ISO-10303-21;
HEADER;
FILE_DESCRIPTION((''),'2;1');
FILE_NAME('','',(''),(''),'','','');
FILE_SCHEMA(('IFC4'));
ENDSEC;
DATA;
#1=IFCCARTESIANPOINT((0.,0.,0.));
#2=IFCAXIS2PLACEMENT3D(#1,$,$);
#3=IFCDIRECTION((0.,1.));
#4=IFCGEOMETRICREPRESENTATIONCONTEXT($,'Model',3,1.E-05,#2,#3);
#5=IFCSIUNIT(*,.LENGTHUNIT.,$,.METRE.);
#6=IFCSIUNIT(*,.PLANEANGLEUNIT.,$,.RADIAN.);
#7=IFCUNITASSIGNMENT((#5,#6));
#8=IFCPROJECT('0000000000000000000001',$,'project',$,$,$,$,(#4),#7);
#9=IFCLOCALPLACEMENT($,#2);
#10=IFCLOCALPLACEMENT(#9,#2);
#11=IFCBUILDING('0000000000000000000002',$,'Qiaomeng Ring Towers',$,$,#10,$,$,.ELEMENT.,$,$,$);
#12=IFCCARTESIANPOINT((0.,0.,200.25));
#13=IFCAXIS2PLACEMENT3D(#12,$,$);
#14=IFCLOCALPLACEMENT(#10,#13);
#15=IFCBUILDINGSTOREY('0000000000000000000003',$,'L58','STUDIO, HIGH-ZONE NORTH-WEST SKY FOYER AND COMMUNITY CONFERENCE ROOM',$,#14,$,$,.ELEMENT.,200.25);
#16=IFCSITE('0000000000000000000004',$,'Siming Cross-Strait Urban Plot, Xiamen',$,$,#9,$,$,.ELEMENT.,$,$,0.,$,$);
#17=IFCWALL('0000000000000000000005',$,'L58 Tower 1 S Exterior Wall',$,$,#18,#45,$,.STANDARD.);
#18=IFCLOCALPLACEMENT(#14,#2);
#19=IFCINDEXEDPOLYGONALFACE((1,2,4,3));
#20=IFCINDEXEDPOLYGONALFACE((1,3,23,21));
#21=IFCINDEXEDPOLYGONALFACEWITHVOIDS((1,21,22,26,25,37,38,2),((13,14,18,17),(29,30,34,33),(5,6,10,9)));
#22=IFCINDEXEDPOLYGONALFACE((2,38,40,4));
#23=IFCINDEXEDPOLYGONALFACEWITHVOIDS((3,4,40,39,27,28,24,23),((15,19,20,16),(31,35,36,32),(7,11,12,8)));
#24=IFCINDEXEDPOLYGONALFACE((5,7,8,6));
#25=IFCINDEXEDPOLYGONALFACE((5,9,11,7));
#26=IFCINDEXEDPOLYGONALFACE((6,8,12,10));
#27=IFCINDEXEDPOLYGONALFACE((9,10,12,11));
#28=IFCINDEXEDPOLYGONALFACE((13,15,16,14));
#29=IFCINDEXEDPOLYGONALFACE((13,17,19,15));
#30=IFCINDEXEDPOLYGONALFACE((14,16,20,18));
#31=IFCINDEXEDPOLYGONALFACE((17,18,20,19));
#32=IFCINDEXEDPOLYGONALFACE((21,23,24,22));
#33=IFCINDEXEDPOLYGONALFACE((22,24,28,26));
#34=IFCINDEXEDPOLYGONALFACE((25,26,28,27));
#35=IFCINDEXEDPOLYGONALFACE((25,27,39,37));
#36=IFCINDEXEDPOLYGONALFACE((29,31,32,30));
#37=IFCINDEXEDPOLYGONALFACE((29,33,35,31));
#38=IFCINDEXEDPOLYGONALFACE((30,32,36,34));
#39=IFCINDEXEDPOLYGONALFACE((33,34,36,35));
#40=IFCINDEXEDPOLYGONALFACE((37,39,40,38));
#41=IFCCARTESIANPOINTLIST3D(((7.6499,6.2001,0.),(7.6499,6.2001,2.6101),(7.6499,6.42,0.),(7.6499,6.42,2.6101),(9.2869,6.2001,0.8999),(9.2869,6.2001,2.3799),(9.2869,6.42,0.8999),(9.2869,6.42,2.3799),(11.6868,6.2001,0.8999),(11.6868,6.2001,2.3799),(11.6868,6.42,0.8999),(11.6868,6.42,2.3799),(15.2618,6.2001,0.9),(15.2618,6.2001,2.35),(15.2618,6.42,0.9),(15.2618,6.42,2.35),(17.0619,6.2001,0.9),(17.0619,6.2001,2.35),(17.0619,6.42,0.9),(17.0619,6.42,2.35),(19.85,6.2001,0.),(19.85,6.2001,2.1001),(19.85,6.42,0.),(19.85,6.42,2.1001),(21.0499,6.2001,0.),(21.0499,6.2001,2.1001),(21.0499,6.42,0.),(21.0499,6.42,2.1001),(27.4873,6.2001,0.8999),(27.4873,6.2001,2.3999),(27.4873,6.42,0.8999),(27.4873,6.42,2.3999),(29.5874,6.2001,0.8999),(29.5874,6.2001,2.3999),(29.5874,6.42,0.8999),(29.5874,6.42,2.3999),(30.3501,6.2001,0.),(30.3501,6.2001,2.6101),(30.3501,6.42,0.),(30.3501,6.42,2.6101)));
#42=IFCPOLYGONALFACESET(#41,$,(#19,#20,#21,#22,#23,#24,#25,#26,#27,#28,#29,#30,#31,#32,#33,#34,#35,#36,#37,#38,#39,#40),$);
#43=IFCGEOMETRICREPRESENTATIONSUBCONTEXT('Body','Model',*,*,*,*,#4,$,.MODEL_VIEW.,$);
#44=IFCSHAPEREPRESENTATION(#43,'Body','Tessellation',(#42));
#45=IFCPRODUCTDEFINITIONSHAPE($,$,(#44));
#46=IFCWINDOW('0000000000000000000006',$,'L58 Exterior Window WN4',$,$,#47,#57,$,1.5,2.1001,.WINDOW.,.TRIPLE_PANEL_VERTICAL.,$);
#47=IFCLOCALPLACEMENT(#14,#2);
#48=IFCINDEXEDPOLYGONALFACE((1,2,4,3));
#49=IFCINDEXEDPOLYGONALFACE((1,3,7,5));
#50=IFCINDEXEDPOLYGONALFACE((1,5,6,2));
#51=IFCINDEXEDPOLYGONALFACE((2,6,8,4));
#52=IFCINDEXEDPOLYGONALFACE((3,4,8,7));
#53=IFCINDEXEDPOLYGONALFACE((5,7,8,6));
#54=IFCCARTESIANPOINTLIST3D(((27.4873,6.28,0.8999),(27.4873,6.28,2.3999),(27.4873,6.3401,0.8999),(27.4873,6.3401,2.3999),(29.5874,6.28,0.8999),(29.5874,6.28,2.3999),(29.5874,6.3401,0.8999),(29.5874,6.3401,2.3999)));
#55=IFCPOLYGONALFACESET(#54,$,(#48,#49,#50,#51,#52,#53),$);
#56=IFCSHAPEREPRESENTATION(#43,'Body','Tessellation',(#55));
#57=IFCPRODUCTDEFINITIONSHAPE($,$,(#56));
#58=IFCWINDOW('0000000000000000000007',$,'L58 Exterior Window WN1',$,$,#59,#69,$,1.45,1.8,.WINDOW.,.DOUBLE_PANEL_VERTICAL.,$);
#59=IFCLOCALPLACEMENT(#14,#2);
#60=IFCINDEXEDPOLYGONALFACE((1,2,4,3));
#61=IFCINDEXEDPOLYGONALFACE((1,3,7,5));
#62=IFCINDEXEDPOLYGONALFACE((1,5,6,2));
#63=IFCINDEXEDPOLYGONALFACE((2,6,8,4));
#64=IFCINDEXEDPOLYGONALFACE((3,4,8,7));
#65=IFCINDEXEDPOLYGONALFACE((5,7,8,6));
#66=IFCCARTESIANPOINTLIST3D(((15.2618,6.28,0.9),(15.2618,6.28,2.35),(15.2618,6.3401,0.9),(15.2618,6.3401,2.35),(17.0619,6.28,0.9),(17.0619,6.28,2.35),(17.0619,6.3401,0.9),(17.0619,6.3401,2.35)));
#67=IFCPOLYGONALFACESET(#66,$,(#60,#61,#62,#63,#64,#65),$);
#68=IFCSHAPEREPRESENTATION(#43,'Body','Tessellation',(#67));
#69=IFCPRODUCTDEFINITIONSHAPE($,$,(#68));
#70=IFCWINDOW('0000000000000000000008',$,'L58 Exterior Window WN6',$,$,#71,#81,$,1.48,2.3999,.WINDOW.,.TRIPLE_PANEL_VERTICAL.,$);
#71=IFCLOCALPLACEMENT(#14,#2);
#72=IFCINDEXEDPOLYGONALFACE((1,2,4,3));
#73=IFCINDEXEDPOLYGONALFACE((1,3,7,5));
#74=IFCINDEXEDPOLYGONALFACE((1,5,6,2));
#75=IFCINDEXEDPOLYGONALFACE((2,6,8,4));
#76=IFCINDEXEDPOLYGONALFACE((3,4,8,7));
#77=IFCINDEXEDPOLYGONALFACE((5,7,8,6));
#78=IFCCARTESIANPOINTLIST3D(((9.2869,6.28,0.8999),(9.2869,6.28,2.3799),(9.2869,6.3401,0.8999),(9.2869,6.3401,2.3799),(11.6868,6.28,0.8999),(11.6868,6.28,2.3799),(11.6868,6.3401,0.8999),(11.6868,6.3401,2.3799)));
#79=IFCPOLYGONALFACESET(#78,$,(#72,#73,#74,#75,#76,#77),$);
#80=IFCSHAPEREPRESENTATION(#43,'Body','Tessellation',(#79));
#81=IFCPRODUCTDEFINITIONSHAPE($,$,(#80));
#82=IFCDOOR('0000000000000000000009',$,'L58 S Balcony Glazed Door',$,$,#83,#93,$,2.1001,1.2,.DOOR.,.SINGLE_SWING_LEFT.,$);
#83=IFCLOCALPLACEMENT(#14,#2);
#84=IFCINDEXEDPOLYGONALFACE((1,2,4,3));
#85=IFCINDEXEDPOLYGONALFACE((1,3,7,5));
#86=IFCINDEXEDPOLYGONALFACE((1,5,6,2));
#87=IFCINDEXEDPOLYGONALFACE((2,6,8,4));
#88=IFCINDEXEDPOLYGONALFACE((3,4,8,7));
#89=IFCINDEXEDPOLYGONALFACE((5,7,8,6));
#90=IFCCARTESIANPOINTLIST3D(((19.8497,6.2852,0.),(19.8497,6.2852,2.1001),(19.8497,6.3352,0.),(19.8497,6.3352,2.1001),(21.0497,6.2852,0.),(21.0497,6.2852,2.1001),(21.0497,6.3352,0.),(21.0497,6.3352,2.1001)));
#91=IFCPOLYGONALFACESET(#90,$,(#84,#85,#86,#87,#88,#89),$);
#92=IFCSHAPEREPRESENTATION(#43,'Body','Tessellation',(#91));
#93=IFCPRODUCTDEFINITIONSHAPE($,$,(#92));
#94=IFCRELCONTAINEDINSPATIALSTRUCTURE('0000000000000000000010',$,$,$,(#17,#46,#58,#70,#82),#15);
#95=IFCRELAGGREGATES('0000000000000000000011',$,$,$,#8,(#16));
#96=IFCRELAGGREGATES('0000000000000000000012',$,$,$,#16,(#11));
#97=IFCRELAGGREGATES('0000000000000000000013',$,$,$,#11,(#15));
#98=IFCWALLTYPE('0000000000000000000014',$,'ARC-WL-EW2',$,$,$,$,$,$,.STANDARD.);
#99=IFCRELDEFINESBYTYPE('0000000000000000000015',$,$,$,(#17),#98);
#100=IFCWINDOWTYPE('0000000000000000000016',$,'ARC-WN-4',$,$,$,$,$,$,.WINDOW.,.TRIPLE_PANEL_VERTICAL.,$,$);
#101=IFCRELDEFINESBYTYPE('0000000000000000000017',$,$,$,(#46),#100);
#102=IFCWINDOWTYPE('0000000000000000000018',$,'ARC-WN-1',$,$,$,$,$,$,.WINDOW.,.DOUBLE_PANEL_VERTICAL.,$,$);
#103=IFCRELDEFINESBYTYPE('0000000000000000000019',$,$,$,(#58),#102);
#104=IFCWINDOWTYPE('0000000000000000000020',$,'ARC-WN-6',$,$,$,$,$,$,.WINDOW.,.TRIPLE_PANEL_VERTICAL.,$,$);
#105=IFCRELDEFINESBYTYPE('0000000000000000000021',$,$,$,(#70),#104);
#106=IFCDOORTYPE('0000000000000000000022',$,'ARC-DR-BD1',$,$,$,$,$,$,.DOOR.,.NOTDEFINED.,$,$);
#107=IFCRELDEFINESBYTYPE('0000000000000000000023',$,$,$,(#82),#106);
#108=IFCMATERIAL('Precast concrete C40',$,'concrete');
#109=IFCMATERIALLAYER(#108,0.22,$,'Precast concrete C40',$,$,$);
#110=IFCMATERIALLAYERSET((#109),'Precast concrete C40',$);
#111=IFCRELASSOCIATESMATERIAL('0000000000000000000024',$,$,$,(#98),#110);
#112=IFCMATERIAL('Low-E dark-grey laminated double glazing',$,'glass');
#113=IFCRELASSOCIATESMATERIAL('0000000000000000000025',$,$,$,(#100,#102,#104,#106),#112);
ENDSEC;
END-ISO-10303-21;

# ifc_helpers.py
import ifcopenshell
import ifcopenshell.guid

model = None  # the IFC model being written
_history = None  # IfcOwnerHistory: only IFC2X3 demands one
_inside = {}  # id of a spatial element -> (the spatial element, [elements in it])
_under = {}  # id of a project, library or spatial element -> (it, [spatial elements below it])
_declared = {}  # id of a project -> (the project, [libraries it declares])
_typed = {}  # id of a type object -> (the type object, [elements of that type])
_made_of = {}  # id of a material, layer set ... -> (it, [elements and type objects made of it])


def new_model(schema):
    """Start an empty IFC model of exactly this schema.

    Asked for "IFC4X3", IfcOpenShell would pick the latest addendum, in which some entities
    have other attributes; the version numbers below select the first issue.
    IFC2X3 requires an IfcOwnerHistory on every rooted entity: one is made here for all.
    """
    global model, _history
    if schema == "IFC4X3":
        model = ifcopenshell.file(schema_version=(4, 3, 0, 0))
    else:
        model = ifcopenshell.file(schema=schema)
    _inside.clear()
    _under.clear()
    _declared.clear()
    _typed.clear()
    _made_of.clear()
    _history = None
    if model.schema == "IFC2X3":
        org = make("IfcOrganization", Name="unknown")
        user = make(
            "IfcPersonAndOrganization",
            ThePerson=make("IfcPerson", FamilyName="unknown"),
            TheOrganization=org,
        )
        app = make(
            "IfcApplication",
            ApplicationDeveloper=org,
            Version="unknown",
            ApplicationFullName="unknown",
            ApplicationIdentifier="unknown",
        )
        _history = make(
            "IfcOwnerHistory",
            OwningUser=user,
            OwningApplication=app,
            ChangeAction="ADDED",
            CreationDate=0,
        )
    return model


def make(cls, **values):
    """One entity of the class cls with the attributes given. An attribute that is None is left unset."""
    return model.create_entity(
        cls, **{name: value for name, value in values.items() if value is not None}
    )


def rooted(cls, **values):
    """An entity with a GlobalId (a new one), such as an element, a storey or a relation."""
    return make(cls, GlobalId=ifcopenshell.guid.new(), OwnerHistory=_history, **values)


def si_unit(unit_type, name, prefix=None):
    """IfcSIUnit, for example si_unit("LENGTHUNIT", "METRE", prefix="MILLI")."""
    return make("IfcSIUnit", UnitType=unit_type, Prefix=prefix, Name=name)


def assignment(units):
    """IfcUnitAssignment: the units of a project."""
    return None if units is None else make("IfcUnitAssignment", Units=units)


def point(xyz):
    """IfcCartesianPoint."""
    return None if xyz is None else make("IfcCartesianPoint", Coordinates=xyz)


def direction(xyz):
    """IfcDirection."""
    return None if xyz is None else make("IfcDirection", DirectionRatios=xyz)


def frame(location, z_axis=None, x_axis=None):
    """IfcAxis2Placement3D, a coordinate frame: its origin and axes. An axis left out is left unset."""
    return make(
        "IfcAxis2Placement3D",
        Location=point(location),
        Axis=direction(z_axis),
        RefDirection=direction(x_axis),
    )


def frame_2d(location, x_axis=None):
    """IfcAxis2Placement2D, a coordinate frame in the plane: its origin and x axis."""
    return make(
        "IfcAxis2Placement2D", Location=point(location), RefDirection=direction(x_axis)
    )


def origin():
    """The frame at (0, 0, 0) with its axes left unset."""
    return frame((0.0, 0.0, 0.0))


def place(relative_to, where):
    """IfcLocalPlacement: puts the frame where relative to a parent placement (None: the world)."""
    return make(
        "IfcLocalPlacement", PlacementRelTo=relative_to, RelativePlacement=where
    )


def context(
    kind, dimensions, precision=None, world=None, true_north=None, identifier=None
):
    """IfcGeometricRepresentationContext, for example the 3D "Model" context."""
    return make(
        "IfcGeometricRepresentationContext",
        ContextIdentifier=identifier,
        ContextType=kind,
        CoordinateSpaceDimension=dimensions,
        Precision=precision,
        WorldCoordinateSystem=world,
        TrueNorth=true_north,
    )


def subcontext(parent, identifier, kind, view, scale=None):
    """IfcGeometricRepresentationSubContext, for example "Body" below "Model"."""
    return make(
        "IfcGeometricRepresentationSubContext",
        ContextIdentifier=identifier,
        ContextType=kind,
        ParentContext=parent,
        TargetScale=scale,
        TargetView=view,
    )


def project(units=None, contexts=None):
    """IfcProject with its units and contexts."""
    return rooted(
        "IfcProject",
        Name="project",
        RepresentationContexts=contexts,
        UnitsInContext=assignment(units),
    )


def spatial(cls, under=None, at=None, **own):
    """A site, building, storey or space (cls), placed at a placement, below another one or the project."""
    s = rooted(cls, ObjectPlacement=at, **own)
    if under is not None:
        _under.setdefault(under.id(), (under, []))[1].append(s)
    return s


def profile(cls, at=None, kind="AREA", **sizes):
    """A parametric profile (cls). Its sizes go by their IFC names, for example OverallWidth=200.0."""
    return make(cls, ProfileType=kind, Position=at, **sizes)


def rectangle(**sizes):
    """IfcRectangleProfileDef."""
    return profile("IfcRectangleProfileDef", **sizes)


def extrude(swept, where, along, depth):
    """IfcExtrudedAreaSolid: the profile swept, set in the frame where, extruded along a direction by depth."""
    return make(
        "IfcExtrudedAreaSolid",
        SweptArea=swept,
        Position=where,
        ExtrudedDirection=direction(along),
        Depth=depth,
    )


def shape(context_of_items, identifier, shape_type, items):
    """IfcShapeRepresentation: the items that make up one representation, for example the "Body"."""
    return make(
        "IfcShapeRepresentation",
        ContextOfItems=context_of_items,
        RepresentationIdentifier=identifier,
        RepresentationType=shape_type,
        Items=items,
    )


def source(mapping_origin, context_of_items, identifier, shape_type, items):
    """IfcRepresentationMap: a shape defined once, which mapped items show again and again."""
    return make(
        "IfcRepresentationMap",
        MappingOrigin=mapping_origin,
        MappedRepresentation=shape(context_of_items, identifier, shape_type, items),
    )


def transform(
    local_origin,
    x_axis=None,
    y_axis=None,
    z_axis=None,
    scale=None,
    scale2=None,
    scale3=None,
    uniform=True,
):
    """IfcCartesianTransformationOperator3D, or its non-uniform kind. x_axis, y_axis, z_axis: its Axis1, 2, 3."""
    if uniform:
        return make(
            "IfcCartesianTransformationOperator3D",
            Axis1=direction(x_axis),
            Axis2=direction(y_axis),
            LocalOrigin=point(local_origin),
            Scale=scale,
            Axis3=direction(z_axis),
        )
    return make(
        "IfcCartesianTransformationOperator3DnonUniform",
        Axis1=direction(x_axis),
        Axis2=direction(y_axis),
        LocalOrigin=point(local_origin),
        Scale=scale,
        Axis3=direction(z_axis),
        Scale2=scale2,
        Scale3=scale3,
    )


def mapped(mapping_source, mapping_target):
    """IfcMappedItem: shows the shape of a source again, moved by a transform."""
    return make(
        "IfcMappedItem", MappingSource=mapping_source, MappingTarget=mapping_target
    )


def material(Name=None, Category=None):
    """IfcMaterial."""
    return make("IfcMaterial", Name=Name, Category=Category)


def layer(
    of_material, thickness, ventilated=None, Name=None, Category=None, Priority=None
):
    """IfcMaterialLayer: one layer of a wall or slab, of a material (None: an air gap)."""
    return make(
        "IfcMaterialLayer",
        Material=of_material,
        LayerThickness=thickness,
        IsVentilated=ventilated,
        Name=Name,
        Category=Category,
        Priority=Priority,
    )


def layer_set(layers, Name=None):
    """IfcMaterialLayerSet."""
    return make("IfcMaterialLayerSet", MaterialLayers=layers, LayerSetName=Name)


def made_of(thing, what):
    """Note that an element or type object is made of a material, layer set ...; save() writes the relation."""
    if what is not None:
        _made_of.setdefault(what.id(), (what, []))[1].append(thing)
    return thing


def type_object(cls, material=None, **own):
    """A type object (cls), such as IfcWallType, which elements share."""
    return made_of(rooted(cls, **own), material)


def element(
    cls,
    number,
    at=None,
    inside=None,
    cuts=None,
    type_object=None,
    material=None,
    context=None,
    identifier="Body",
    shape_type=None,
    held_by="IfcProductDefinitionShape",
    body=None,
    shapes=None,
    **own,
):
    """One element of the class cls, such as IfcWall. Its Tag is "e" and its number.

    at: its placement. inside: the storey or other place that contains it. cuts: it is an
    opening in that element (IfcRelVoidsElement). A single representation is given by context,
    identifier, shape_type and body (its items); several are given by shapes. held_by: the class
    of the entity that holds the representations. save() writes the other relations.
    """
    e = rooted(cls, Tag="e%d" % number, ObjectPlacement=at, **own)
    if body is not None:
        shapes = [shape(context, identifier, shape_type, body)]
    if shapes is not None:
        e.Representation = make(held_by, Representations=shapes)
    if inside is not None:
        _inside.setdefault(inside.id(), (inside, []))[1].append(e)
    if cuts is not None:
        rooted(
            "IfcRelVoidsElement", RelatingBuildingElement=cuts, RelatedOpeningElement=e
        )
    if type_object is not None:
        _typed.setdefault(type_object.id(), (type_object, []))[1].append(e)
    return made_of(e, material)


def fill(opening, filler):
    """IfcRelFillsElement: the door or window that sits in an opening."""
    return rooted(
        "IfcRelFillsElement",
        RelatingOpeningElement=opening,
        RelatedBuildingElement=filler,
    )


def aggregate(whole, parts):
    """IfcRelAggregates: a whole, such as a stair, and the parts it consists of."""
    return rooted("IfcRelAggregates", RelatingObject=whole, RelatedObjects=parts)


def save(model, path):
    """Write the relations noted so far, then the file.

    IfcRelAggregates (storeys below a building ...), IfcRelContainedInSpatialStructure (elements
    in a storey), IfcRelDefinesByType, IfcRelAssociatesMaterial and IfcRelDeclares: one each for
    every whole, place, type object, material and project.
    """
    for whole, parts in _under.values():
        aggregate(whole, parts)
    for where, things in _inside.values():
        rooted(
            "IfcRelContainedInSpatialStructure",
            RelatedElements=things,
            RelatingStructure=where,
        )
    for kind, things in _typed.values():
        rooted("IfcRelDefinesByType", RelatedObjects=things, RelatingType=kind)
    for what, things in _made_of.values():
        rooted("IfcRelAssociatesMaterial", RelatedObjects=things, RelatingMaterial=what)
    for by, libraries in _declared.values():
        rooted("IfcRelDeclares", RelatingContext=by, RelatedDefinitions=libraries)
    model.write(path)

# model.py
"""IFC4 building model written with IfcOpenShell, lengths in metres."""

from ifc_helpers import new_model, si_unit, direction, frame, frame_2d, origin, place, context, subcontext, project, spatial, rectangle, extrude, source, transform, mapped, material, layer, layer_set, type_object, element, fill, save


model = new_model("IFC4")

# Units and contexts
model_context = context("Model", 3, precision=1e-05, world=origin(), true_north=direction((0.0, 1.0)))
body_context = subcontext(model_context, "Body", "Model", "MODEL_VIEW")
ifc_project = project(units=[si_unit("LENGTHUNIT", "METRE"), si_unit("PLANEANGLEUNIT", "RADIAN")], contexts=[model_context])

# Site, building, storey
site_placement = place(None, origin())
site = spatial("IfcSite", under=ifc_project, at=site_placement, Name="Siming Cross-Strait Urban Plot, Xiamen", CompositionType="ELEMENT", RefElevation=0.0)
building_placement = place(site_placement, origin())
building = spatial("IfcBuilding", under=site, at=building_placement, Name="Qiaomeng Ring Towers", CompositionType="ELEMENT")
storey_placement = place(building_placement, frame((0.0, 0.0, 200.25)))
storey = spatial("IfcBuildingStorey", under=building, at=storey_placement, Name="L58", Description="STUDIO, HIGH-ZONE NORTH-WEST SKY FOYER AND COMMUNITY CONFERENCE ROOM", CompositionType="ELEMENT", Elevation=200.25)

# Shared definitions
ifc_material_1 = material(Name="Low-E dark-grey laminated double glazing", Category="glass")

# Wall, openings, windows, door
ifc_material_2 = material(Name="Precast concrete C40", Category="concrete")
ifc_layer_1 = layer(ifc_material_2, 0.22, Name="Precast concrete C40")
ifc_layer_set_1 = layer_set([ifc_layer_1], Name="Precast concrete C40")
wall_type = type_object("IfcWallType", Name="ARC-WL-EW2", PredefinedType="STANDARD", material=ifc_layer_set_1)
wall_placement = place(storey_placement, frame((7.6499, 6.3101, 0.0), z_axis=(0.0, 0.0, 1.0), x_axis=(1.0, 0.0, 0.0)))
wall = element("IfcWall", 1, at=wall_placement, inside=storey, type_object=wall_type, Name="L58 Tower 1 S Exterior Wall", PredefinedType="STANDARD", context=body_context, shape_type="SweptSolid", body=[
    extrude(rectangle(XDim=22.7002, YDim=0.22, at=frame_2d((11.3501, 0.0))), origin(), (0.0, 0.0, 1.0), 2.6101),
])
opening_1_placement = place(wall_placement, frame((12.2, 0.0, 0.0)))
opening_1 = element("IfcOpeningElement", 2, at=opening_1_placement, cuts=wall, PredefinedType="OPENING", context=body_context, shape_type="SweptSolid", body=[
    extrude(rectangle(XDim=1.2, YDim=2.1001, at=frame_2d((0.6001, 1.05))), frame((0.0, 0.1199, 0.0), z_axis=(0.0, -1.0, 0.0), x_axis=(1.0, 0.0, 0.0)), (0.0, 0.0, 1.0), 0.24),
])
opening_2_placement = place(wall_placement, frame((1.637, 0.0, 0.8999)))
opening_2 = element("IfcOpeningElement", 3, at=opening_2_placement, cuts=wall, PredefinedType="OPENING", context=body_context, shape_type="SweptSolid", body=[
    extrude(rectangle(XDim=2.3999, YDim=1.48, at=frame_2d((1.2, 0.74))), frame((0.0, 0.1199, 0.0), z_axis=(0.0, -1.0, 0.0), x_axis=(1.0, 0.0, 0.0)), (0.0, 0.0, 1.0), 0.24),
])
opening_3_placement = place(wall_placement, frame((7.6121, 0.0, 0.8999)))
opening_3 = element("IfcOpeningElement", 4, at=opening_3_placement, cuts=wall, PredefinedType="OPENING", context=body_context, shape_type="SweptSolid", body=[
    extrude(rectangle(XDim=1.8, YDim=1.45, at=frame_2d((0.8999, 0.7251))), frame((0.0, 0.1199, 0.0), z_axis=(0.0, -1.0, 0.0), x_axis=(1.0, 0.0, 0.0)), (0.0, 0.0, 1.0), 0.24),
])
opening_4_placement = place(wall_placement, frame((19.8374, 0.0, 0.8999)))
opening_4 = element("IfcOpeningElement", 5, at=opening_4_placement, cuts=wall, PredefinedType="OPENING", context=body_context, shape_type="SweptSolid", body=[
    extrude(rectangle(XDim=2.1001, YDim=1.5, at=frame_2d((1.05, 0.75))), frame((0.0, 0.1199, 0.0), z_axis=(0.0, -1.0, 0.0), x_axis=(1.0, 0.0, 0.0)), (0.0, 0.0, 1.0), 0.24),
])
window_type_1 = type_object("IfcWindowType", Name="ARC-WN-4", PartitioningType="TRIPLE_PANEL_VERTICAL", PredefinedType="WINDOW", material=ifc_material_1)
shared_shape_1 = source(origin(), body_context, "Body", "SweptSolid", [
    extrude(rectangle(XDim=2.1001, YDim=1.5, at=frame_2d((1.05, 0.75))), frame((0.0, 0.03, 0.0), z_axis=(0.0, -1.0, 0.0), x_axis=(1.0, 0.0, 0.0)), (0.0, 0.0, 1.0), 0.0601),
])
window_1_placement = place(opening_4_placement, origin())
window_1 = element("IfcWindow", 6, at=window_1_placement, inside=storey, type_object=window_type_1, Name="L58 Exterior Window WN4", OverallHeight=1.5, OverallWidth=2.1001, PartitioningType="TRIPLE_PANEL_VERTICAL", PredefinedType="WINDOW", context=body_context, shape_type="MappedRepresentation", body=[
    mapped(shared_shape_1, transform((0.0, 0.0, 0.0), x_axis=(1.0, 0.0, 0.0), y_axis=(0.0, 1.0, 0.0), z_axis=(0.0, 0.0, 1.0), scale=1.0)),
])
fill(opening_4, window_1)
window_type_2 = type_object("IfcWindowType", Name="ARC-WN-1", PartitioningType="DOUBLE_PANEL_VERTICAL", PredefinedType="WINDOW", material=ifc_material_1)
shared_shape_2 = source(origin(), body_context, "Body", "SweptSolid", [
    extrude(rectangle(XDim=1.8, YDim=1.45, at=frame_2d((0.8999, 0.7251))), frame((0.0, 0.03, 0.0), z_axis=(0.0, -1.0, 0.0), x_axis=(1.0, 0.0, 0.0)), (0.0, 0.0, 1.0), 0.0601),
])
window_2_placement = place(opening_3_placement, origin())
window_2 = element("IfcWindow", 7, at=window_2_placement, inside=storey, type_object=window_type_2, Name="L58 Exterior Window WN1", OverallHeight=1.45, OverallWidth=1.8, PartitioningType="DOUBLE_PANEL_VERTICAL", PredefinedType="WINDOW", context=body_context, shape_type="MappedRepresentation", body=[
    mapped(shared_shape_2, transform((0.0, 0.0, 0.0), x_axis=(1.0, 0.0, 0.0), y_axis=(0.0, 1.0, 0.0), z_axis=(0.0, 0.0, 1.0), scale=1.0)),
])
fill(opening_3, window_2)
window_type_3 = type_object("IfcWindowType", Name="ARC-WN-6", PartitioningType="TRIPLE_PANEL_VERTICAL", PredefinedType="WINDOW", material=ifc_material_1)
shared_shape_3 = source(origin(), body_context, "Body", "SweptSolid", [
    extrude(rectangle(XDim=2.3999, YDim=1.48, at=frame_2d((1.2, 0.74))), frame((0.0, 0.03, 0.0), z_axis=(0.0, -1.0, 0.0), x_axis=(1.0, 0.0, 0.0)), (0.0, 0.0, 1.0), 0.0601),
])
window_3_placement = place(opening_2_placement, origin())
window_3 = element("IfcWindow", 8, at=window_3_placement, inside=storey, type_object=window_type_3, Name="L58 Exterior Window WN6", OverallHeight=1.48, OverallWidth=2.3999, PartitioningType="TRIPLE_PANEL_VERTICAL", PredefinedType="WINDOW", context=body_context, shape_type="MappedRepresentation", body=[
    mapped(shared_shape_3, transform((0.0, 0.0, 0.0), x_axis=(1.0, 0.0, 0.0), y_axis=(0.0, 1.0, 0.0), z_axis=(0.0, 0.0, 1.0), scale=1.0)),
])
fill(opening_2, window_3)
door_type = type_object("IfcDoorType", Name="ARC-DR-BD1", OperationType="NOTDEFINED", PredefinedType="DOOR", material=ifc_material_1)
shared_shape_4 = source(origin(), body_context, "Body", "SweptSolid", [
    extrude(rectangle(XDim=1.2, YDim=2.1001, at=frame_2d((0.6001, 1.05))), frame((0.0, 0.0249, 0.0), z_axis=(0.0, -1.0, 0.0), x_axis=(1.0, 0.0, 0.0)), (0.0, 0.0, 1.0), 0.05),
])
door_placement = place(opening_1_placement, frame((1.2, 0.0, 0.0), z_axis=(0.0, 0.0, 1.0), x_axis=(-1.0, 0.0, 0.0)))
door = element("IfcDoor", 9, at=door_placement, inside=storey, type_object=door_type, Name="L58 S Balcony Glazed Door", OperationType="SINGLE_SWING_LEFT", OverallHeight=2.1001, OverallWidth=1.2, PredefinedType="DOOR", context=body_context, shape_type="MappedRepresentation", body=[
    mapped(shared_shape_4, transform((0.0, 0.0, 0.0), x_axis=(1.0, 0.0, 0.0), y_axis=(0.0, 1.0, 0.0), z_axis=(0.0, 0.0, 1.0), scale=1.0)),
])
fill(opening_1, door)

save(model, "model.ifc")
